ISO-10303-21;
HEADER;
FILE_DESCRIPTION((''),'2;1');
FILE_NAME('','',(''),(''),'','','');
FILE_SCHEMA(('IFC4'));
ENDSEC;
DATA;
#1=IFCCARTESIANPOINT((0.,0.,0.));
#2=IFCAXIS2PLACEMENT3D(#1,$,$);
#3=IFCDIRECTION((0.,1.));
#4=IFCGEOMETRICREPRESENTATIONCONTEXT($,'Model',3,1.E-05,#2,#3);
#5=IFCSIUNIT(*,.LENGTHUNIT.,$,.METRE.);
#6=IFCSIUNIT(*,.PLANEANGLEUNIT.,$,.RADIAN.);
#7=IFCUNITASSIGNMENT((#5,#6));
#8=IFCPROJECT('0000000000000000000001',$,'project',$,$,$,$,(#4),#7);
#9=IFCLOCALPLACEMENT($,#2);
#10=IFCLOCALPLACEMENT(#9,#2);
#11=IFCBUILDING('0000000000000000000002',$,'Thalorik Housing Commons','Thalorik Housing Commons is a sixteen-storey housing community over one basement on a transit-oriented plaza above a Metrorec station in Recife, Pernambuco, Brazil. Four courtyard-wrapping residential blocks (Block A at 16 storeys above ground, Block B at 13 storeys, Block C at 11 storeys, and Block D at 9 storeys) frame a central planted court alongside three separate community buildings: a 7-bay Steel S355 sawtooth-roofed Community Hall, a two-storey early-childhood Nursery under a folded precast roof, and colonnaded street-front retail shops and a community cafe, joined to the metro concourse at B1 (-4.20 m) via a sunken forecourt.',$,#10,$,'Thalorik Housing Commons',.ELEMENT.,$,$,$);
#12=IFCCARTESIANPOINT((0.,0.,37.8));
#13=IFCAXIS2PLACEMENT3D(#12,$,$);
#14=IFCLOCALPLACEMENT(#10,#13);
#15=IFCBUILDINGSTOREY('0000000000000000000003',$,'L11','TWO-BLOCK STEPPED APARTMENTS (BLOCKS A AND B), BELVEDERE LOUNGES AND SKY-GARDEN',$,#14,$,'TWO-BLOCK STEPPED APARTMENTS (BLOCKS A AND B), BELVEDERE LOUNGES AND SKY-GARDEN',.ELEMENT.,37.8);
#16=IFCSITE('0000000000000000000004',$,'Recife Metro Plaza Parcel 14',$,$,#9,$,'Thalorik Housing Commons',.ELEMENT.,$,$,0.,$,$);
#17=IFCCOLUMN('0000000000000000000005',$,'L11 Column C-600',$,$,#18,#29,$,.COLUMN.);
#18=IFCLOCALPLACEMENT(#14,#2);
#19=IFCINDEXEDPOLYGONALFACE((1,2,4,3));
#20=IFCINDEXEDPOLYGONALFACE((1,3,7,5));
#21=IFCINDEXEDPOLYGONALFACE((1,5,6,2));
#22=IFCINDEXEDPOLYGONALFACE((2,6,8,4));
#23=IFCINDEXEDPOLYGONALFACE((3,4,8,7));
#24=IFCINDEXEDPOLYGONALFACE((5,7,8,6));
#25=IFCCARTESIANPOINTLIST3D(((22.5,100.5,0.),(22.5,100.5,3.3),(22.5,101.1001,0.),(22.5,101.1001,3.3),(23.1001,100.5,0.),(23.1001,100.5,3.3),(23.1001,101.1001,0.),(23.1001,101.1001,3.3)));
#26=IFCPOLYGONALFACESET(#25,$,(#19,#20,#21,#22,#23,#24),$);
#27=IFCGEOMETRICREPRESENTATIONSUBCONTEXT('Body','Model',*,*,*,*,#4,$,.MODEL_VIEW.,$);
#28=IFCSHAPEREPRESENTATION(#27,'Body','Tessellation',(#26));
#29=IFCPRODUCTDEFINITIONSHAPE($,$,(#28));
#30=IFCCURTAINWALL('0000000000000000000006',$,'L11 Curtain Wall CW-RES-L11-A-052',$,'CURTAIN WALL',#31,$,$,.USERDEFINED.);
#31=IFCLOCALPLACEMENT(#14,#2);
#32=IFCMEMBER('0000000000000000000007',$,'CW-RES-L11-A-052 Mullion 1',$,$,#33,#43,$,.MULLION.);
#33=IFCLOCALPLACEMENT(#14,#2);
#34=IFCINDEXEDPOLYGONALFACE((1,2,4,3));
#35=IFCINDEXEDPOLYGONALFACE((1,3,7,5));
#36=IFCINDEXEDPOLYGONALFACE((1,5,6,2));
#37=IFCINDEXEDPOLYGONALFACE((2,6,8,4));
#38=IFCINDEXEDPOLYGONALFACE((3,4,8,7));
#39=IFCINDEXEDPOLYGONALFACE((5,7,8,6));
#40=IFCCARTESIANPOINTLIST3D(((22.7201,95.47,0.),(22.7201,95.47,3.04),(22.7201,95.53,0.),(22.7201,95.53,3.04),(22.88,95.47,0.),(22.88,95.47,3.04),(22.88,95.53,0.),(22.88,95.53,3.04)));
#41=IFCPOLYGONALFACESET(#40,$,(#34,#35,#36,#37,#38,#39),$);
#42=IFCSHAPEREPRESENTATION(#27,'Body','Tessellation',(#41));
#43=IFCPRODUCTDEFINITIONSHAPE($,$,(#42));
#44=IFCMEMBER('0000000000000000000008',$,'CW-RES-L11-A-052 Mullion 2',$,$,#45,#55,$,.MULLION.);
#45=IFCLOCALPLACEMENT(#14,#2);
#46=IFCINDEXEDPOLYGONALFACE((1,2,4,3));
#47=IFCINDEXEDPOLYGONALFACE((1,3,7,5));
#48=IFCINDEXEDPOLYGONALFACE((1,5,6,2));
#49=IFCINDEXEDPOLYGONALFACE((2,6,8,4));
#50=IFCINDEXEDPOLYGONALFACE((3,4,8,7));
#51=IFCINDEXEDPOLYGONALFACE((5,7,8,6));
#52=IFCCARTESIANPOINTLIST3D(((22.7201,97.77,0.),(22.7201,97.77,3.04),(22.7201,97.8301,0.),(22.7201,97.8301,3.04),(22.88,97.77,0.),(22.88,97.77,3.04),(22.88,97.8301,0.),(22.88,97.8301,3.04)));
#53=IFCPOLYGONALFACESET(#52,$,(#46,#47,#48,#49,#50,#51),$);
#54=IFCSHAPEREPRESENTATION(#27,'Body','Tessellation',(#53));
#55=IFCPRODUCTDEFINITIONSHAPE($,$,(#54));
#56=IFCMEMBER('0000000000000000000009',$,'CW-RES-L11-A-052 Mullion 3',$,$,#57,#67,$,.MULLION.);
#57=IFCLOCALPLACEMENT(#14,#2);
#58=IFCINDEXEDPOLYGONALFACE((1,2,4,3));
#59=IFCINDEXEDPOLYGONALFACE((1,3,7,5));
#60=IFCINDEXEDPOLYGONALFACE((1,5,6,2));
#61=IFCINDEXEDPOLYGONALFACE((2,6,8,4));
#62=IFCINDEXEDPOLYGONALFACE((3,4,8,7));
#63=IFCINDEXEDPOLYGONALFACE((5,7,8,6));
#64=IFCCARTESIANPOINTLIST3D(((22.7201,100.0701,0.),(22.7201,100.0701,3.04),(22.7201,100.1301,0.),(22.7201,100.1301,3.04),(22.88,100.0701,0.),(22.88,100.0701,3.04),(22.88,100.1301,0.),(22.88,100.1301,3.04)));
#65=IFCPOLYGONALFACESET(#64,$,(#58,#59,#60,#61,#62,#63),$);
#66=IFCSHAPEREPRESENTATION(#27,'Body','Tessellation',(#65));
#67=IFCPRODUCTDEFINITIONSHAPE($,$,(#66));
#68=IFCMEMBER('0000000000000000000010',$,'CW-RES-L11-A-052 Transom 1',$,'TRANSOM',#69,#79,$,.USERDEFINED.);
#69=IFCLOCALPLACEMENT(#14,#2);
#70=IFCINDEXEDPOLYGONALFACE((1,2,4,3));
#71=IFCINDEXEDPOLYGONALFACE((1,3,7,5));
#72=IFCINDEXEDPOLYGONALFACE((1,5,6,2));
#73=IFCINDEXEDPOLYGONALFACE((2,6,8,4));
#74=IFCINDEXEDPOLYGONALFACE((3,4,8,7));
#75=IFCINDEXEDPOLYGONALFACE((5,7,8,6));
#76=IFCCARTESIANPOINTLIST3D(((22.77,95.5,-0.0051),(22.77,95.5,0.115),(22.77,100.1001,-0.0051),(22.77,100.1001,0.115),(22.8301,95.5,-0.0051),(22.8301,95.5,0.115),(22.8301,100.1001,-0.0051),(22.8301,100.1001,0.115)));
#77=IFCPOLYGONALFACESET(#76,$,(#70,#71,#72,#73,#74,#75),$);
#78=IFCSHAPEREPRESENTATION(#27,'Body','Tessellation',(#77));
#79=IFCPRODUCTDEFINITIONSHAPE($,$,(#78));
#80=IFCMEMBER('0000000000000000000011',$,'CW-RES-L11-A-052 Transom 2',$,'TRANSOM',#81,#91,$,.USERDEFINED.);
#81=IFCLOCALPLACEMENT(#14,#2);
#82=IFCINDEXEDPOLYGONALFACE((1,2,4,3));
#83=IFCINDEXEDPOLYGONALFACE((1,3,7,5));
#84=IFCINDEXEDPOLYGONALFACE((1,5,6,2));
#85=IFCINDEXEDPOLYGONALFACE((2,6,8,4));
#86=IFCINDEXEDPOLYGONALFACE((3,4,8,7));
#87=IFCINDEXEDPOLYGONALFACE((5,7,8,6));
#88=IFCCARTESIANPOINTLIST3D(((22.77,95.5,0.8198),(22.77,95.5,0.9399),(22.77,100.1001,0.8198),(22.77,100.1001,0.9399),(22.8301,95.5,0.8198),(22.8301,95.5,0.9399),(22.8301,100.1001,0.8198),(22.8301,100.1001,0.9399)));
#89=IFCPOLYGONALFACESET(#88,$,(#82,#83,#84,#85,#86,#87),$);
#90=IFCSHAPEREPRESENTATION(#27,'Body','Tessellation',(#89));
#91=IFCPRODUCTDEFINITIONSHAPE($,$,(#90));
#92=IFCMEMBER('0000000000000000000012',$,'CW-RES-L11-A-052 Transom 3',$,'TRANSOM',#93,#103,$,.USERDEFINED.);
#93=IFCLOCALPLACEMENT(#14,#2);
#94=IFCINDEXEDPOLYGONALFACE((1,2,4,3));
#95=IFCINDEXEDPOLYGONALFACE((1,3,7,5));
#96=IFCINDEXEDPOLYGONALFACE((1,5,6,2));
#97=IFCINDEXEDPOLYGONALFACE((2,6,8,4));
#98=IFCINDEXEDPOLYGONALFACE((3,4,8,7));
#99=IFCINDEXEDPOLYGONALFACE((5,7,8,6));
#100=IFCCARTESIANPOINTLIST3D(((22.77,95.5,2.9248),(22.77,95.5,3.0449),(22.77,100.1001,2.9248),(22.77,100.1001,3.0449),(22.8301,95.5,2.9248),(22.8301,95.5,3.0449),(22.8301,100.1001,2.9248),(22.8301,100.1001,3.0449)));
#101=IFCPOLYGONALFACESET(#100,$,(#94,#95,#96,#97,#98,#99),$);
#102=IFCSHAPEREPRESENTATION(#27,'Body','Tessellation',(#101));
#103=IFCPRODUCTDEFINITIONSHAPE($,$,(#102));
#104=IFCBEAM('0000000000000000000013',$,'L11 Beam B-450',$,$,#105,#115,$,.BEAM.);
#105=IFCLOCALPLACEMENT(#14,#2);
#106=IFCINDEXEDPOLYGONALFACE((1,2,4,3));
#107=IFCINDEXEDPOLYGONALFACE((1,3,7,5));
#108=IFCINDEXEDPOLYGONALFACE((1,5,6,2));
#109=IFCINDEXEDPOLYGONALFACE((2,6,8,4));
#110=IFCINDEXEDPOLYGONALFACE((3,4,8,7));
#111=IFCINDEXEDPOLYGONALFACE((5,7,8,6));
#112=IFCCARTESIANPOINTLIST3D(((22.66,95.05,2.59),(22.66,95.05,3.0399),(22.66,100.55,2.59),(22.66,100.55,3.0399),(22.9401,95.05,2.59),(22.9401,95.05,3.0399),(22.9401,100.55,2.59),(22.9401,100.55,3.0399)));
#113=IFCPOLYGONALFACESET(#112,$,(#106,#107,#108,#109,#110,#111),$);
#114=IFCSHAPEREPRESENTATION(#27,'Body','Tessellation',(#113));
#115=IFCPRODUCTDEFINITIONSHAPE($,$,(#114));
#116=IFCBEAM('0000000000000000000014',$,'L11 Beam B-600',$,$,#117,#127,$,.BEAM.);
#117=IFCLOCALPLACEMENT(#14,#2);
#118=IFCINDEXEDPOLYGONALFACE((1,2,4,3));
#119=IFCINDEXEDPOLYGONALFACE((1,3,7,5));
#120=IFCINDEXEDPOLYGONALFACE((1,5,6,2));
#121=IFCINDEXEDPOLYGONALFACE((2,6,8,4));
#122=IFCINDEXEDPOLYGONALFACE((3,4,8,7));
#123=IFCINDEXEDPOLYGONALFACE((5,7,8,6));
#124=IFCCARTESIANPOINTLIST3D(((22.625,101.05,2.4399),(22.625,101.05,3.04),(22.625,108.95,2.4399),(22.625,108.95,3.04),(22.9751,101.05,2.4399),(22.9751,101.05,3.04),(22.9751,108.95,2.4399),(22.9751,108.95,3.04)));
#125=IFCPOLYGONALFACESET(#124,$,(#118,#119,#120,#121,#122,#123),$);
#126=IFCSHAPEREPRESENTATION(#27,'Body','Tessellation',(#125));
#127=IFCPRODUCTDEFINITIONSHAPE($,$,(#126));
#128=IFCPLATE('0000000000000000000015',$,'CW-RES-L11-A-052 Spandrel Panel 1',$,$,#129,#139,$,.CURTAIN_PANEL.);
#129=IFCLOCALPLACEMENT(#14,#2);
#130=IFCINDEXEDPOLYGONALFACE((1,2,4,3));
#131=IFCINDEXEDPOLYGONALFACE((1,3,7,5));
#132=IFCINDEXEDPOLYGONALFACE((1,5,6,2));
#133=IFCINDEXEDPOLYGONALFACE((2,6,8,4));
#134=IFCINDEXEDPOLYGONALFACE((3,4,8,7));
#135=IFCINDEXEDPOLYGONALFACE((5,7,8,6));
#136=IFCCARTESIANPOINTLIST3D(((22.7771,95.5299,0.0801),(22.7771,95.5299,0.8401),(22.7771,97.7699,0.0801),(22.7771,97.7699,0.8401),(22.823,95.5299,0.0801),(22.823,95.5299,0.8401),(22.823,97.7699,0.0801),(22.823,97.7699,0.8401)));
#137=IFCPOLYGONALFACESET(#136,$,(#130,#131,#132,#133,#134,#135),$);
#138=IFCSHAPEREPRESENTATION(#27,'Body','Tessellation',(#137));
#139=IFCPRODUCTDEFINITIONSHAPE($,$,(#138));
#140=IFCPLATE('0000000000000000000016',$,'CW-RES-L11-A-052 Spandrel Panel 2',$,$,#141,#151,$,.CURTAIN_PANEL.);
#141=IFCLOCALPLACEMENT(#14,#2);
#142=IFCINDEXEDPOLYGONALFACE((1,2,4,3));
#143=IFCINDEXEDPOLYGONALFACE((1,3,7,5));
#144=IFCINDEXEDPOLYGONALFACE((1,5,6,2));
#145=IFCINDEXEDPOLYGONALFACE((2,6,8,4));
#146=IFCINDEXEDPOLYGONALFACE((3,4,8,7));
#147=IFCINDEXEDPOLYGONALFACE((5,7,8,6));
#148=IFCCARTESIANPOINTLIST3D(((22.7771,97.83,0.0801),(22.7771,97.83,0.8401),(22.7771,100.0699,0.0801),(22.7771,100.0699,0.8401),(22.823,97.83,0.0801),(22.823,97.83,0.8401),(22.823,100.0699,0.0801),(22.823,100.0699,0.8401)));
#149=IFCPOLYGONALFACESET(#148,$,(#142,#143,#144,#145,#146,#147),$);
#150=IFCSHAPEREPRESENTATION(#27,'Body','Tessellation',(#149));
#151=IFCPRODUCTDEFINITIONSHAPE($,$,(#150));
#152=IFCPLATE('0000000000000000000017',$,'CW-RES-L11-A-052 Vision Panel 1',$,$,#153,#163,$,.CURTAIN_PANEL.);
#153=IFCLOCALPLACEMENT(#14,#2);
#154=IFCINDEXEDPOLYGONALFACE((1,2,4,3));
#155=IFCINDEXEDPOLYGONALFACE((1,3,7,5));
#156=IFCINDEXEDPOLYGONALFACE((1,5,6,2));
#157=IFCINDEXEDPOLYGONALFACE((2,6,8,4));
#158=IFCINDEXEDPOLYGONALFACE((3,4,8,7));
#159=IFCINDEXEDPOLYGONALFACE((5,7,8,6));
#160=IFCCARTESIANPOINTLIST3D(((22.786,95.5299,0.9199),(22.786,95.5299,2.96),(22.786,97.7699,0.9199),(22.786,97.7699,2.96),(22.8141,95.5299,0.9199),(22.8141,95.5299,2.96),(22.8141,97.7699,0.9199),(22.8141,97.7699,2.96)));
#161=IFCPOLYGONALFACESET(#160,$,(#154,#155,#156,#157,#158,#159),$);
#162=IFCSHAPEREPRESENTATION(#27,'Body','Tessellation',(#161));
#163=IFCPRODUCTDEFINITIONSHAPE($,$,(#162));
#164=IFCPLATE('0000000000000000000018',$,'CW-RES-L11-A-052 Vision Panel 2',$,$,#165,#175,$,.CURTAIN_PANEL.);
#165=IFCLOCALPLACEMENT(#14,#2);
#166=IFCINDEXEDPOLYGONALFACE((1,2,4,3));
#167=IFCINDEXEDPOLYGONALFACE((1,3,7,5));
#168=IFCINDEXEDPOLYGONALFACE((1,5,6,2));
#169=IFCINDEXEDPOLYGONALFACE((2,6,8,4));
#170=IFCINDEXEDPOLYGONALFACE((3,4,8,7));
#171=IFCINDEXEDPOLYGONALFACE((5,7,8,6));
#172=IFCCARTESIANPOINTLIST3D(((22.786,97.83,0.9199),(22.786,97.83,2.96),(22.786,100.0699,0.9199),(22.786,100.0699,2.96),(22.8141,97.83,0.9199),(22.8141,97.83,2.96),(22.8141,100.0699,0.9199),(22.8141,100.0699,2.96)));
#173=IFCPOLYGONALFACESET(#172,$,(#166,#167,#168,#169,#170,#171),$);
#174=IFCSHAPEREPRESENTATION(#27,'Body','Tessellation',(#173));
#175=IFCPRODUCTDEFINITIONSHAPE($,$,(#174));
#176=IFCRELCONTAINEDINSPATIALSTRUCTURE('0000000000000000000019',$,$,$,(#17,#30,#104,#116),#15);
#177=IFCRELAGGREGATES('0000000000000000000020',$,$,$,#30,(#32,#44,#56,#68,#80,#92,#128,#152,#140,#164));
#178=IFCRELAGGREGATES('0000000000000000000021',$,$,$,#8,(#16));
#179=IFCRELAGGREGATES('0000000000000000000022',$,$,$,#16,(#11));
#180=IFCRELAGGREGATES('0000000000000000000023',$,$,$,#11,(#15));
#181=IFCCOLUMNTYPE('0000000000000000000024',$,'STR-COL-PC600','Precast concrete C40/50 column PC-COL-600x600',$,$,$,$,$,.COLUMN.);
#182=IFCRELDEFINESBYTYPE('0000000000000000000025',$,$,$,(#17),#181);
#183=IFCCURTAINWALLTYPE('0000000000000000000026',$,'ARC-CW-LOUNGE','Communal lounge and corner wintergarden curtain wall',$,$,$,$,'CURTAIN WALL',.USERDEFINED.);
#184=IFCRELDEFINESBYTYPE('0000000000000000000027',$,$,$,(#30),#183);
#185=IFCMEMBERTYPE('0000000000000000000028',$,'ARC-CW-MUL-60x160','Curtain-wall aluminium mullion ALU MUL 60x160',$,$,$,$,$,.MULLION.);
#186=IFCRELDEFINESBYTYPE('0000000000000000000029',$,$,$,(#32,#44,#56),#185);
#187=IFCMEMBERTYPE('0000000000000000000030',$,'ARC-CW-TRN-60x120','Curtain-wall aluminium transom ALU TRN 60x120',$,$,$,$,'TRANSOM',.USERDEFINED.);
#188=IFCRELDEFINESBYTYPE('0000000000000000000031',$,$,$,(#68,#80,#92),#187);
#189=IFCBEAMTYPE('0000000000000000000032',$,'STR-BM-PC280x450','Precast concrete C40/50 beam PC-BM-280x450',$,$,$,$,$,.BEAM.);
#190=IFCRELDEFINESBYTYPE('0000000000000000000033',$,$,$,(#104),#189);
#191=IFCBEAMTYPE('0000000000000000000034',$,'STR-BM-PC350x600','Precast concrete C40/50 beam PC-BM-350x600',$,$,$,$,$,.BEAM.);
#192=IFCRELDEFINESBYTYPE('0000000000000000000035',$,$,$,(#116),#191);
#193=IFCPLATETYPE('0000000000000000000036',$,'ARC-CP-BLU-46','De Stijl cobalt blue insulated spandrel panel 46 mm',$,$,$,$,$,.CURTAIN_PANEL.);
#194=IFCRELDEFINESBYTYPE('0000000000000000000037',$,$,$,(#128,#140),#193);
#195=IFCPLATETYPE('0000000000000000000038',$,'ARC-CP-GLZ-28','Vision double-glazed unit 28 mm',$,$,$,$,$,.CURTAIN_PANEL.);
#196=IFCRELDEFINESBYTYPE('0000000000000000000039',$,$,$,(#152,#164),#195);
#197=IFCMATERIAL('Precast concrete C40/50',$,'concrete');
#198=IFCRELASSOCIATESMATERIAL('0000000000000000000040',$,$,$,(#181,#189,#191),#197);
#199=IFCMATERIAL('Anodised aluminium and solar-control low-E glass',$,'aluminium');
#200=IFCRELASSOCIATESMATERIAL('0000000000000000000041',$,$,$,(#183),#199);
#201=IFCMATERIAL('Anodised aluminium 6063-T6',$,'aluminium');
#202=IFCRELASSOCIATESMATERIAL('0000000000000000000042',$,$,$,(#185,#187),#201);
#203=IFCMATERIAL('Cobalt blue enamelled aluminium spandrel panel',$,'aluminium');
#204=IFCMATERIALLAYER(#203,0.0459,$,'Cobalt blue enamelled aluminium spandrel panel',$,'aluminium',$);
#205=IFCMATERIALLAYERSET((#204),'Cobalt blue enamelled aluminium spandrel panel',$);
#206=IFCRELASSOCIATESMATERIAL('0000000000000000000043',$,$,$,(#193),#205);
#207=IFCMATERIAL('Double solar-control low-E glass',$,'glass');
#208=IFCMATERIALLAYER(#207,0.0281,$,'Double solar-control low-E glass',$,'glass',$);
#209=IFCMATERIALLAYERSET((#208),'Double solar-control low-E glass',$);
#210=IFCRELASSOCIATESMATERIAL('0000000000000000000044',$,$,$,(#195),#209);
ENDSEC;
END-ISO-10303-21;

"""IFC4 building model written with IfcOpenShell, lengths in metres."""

from ifc_helpers import new_model, si_unit, direction, frame, origin, origin_2d, place, context, subcontext, project, spatial, rectangle, extrude, material, layer, layer_set, material_profile, profile_set, type_object, element, aggregate, save


model = new_model("IFC4")

# Units and contexts
model_context = context("Model", 3, precision=1e-05, world=origin(), true_north=direction((0.0, 1.0)))
body_context = subcontext(model_context, "Body", "Model", "MODEL_VIEW")
ifc_project = project(units=[si_unit("LENGTHUNIT", "METRE"), si_unit("PLANEANGLEUNIT", "RADIAN")], contexts=[model_context])

# Site, building, storey
site_placement = place(None, origin())
site = spatial("IfcSite", under=ifc_project, at=site_placement, Name="Recife Metro Plaza Parcel 14", LongName="Thalorik Housing Commons", CompositionType="ELEMENT", RefElevation=0.0)
building_placement = place(site_placement, origin())
building = spatial("IfcBuilding", under=site, at=building_placement, Name="Thalorik Housing Commons", Description="Thalorik Housing Commons is a sixteen-storey housing community over one basement on a transit-oriented plaza above a Metrorec station in Recife, Pernambuco, Brazil. Four courtyard-wrapping residential blocks (Block A at 16 storeys above ground, Block B at 13 storeys, Block C at 11 storeys, and Block D at 9 storeys) frame a central planted court alongside three separate community buildings: a 7-bay Steel S355 sawtooth-roofed Community Hall, a two-storey early-childhood Nursery under a folded precast roof, and colonnaded street-front retail shops and a community cafe, joined to the metro concourse at B1 (-4.20 m) via a sunken forecourt.", LongName="Thalorik Housing Commons", CompositionType="ELEMENT")
storey_placement = place(building_placement, frame((0.0, 0.0, 37.8)))
storey = spatial("IfcBuildingStorey", under=building, at=storey_placement, Name="L11", Description="TWO-BLOCK STEPPED APARTMENTS (BLOCKS A AND B), BELVEDERE LOUNGES AND SKY-GARDEN", LongName="TWO-BLOCK STEPPED APARTMENTS (BLOCKS A AND B), BELVEDERE LOUNGES AND SKY-GARDEN", CompositionType="ELEMENT", Elevation=37.8)

# Column
ifc_material_1 = material(Name="Precast concrete C40/50", Category="concrete")
ifc_material_profile_1 = material_profile(ifc_material_1, rectangle(XDim=0.6001, YDim=0.6001, at=origin_2d()), Name="PC 600x600", Category="concrete")
ifc_profile_set_1 = profile_set([ifc_material_profile_1], Name="Precast concrete C40/50")
column_type = type_object("IfcColumnType", Name="STR-COL-PC600", Description="Precast concrete C40/50 column PC-COL-600x600", PredefinedType="COLUMN", material=ifc_profile_set_1)
column_placement = place(storey_placement, frame((22.8, 100.8, 0.0), z_axis=(0.0, 0.0, 1.0), x_axis=(1.0, 0.0, 0.0)))
element("IfcColumn", 1, at=column_placement, inside=storey, type_object=column_type, Name="L11 Column C-600", PredefinedType="COLUMN", context=body_context, shape_type="SweptSolid", body=[
    extrude(rectangle(XDim=0.6001, YDim=0.6001, at=origin_2d()), origin(), (0.0, 0.0, 1.0), 3.3),
])

# Curtain wall, members
ifc_material_2 = material(Name="Anodised aluminium and solar-control low-E glass", Category="aluminium")
curtain_wall_type = type_object("IfcCurtainWallType", Name="ARC-CW-LOUNGE", Description="Communal lounge and corner wintergarden curtain wall", ElementType="CURTAIN WALL", PredefinedType="USERDEFINED", material=ifc_material_2)
curtain_wall_placement = place(storey_placement, origin())
curtain_wall = element("IfcCurtainWall", 2, at=curtain_wall_placement, inside=storey, type_object=curtain_wall_type, Name="L11 Curtain Wall CW-RES-L11-A-052", ObjectType="CURTAIN WALL", PredefinedType="USERDEFINED")
ifc_material_3 = material(Name="Anodised aluminium 6063-T6", Category="aluminium")
ifc_material_profile_2 = material_profile(ifc_material_3, rectangle(XDim=0.0601, YDim=0.1599, at=origin_2d()), Name="ALU MUL 60x160", Category="aluminium")
ifc_profile_set_2 = profile_set([ifc_material_profile_2], Name="Anodised aluminium 6063-T6")
member_type_1 = type_object("IfcMemberType", Name="ARC-CW-MUL-60x160", Description="Curtain-wall aluminium mullion ALU MUL 60x160", PredefinedType="MULLION", material=ifc_profile_set_2)
member_1_placement = place(storey_placement, frame((22.8, 95.5, 0.0), z_axis=(0.0, 0.0, 1.0), x_axis=(0.0, 1.0, 0.0)))
member_1 = element("IfcMember", 3, at=member_1_placement, type_object=member_type_1, Name="CW-RES-L11-A-052 Mullion 1", PredefinedType="MULLION", context=body_context, shape_type="SweptSolid", body=[
    extrude(rectangle(XDim=0.0601, YDim=0.1599, at=origin_2d()), origin(), (0.0, 0.0, 1.0), 3.04),
])
member_2_placement = place(storey_placement, frame((22.8, 97.8, 0.0), z_axis=(0.0, 0.0, 1.0), x_axis=(0.0, 1.0, 0.0)))
member_2 = element("IfcMember", 4, at=member_2_placement, type_object=member_type_1, Name="CW-RES-L11-A-052 Mullion 2", PredefinedType="MULLION", context=body_context, shape_type="SweptSolid", body=[
    extrude(rectangle(XDim=0.0601, YDim=0.1599, at=origin_2d()), origin(), (0.0, 0.0, 1.0), 3.04),
])
member_3_placement = place(storey_placement, frame((22.8, 100.1001, 0.0), z_axis=(0.0, 0.0, 1.0), x_axis=(0.0, 1.0, 0.0)))
member_3 = element("IfcMember", 5, at=member_3_placement, type_object=member_type_1, Name="CW-RES-L11-A-052 Mullion 3", PredefinedType="MULLION", context=body_context, shape_type="SweptSolid", body=[
    extrude(rectangle(XDim=0.0601, YDim=0.1599, at=origin_2d()), origin(), (0.0, 0.0, 1.0), 3.04),
])
ifc_material_profile_3 = material_profile(ifc_material_3, rectangle(XDim=0.0601, YDim=0.1201, at=origin_2d()), Name="ALU TRN 60x120", Category="aluminium")
ifc_profile_set_3 = profile_set([ifc_material_profile_3], Name="Anodised aluminium 6063-T6")
member_type_2 = type_object("IfcMemberType", Name="ARC-CW-TRN-60x120", Description="Curtain-wall aluminium transom ALU TRN 60x120", ElementType="TRANSOM", PredefinedType="USERDEFINED", material=ifc_profile_set_3)
member_4_placement = place(storey_placement, frame((22.8, 95.5, 0.0549), z_axis=(0.0, 1.0, 0.0), x_axis=(-1.0, 0.0, 0.0)))
member_4 = element("IfcMember", 6, at=member_4_placement, type_object=member_type_2, Name="CW-RES-L11-A-052 Transom 1", ObjectType="TRANSOM", PredefinedType="USERDEFINED", context=body_context, shape_type="SweptSolid", body=[
    extrude(rectangle(XDim=0.0601, YDim=0.1201, at=origin_2d()), origin(), (0.0, 0.0, 1.0), 4.6001),
])
member_5_placement = place(storey_placement, frame((22.8, 95.5, 0.8799), z_axis=(0.0, 1.0, 0.0), x_axis=(-1.0, 0.0, 0.0)))
member_5 = element("IfcMember", 7, at=member_5_placement, type_object=member_type_2, Name="CW-RES-L11-A-052 Transom 2", ObjectType="TRANSOM", PredefinedType="USERDEFINED", context=body_context, shape_type="SweptSolid", body=[
    extrude(rectangle(XDim=0.0601, YDim=0.1201, at=origin_2d()), origin(), (0.0, 0.0, 1.0), 4.6001),
])
member_6_placement = place(storey_placement, frame((22.8, 95.5, 2.9849), z_axis=(0.0, 1.0, 0.0), x_axis=(-1.0, 0.0, 0.0)))
member_6 = element("IfcMember", 8, at=member_6_placement, type_object=member_type_2, Name="CW-RES-L11-A-052 Transom 3", ObjectType="TRANSOM", PredefinedType="USERDEFINED", context=body_context, shape_type="SweptSolid", body=[
    extrude(rectangle(XDim=0.0601, YDim=0.1201, at=origin_2d()), origin(), (0.0, 0.0, 1.0), 4.6001),
])

# Beams
ifc_material_profile_4 = material_profile(ifc_material_1, rectangle(XDim=0.28, YDim=0.45, at=origin_2d()), Name="PC 280x450", Category="concrete")
ifc_profile_set_4 = profile_set([ifc_material_profile_4], Name="Precast concrete C40/50")
beam_type_1 = type_object("IfcBeamType", Name="STR-BM-PC280x450", Description="Precast concrete C40/50 beam PC-BM-280x450", PredefinedType="BEAM", material=ifc_profile_set_4)
beam_1_placement = place(storey_placement, frame((22.8, 95.05, 2.8149), z_axis=(0.0, 1.0, 0.0), x_axis=(-1.0, 0.0, 0.0)))
element("IfcBeam", 9, at=beam_1_placement, inside=storey, type_object=beam_type_1, Name="L11 Beam B-450", PredefinedType="BEAM", context=body_context, shape_type="SweptSolid", body=[
    extrude(rectangle(XDim=0.28, YDim=0.45, at=origin_2d()), origin(), (0.0, 0.0, 1.0), 5.5),
])
ifc_material_profile_5 = material_profile(ifc_material_1, rectangle(XDim=0.3501, YDim=0.6001, at=origin_2d()), Name="PC 350x600", Category="concrete")
ifc_profile_set_5 = profile_set([ifc_material_profile_5], Name="Precast concrete C40/50")
beam_type_2 = type_object("IfcBeamType", Name="STR-BM-PC350x600", Description="Precast concrete C40/50 beam PC-BM-350x600", PredefinedType="BEAM", material=ifc_profile_set_5)
beam_2_placement = place(storey_placement, frame((22.8, 101.05, 2.74), z_axis=(0.0, 1.0, 0.0), x_axis=(-1.0, 0.0, 0.0)))
element("IfcBeam", 10, at=beam_2_placement, inside=storey, type_object=beam_type_2, Name="L11 Beam B-600", PredefinedType="BEAM", context=body_context, shape_type="SweptSolid", body=[
    extrude(rectangle(XDim=0.3501, YDim=0.6001, at=origin_2d()), origin(), (0.0, 0.0, 1.0), 7.8999),
])

# Plates
ifc_material_4 = material(Name="Cobalt blue enamelled aluminium spandrel panel", Category="aluminium")
ifc_layer_1 = layer(ifc_material_4, 0.0459, Name="Cobalt blue enamelled aluminium spandrel panel", Category="aluminium")
ifc_layer_set_1 = layer_set([ifc_layer_1], Name="Cobalt blue enamelled aluminium spandrel panel")
plate_type_1 = type_object("IfcPlateType", Name="ARC-CP-BLU-46", Description="De Stijl cobalt blue insulated spandrel panel 46 mm", PredefinedType="CURTAIN_PANEL", material=ifc_layer_set_1)
plate_1_placement = place(storey_placement, frame((22.8, 96.6499, 0.0801), z_axis=(0.0, 0.0, 1.0), x_axis=(0.0, 1.0, 0.0)))
plate_1 = element("IfcPlate", 11, at=plate_1_placement, type_object=plate_type_1, Name="CW-RES-L11-A-052 Spandrel Panel 1", PredefinedType="CURTAIN_PANEL", context=body_context, shape_type="SweptSolid", body=[
    extrude(rectangle(XDim=2.24, YDim=0.0459, at=origin_2d()), origin(), (0.0, 0.0, 1.0), 0.76),
])
plate_2_placement = place(storey_placement, frame((22.8, 98.95, 0.0801), z_axis=(0.0, 0.0, 1.0), x_axis=(0.0, 1.0, 0.0)))
plate_2 = element("IfcPlate", 12, at=plate_2_placement, type_object=plate_type_1, Name="CW-RES-L11-A-052 Spandrel Panel 2", PredefinedType="CURTAIN_PANEL", context=body_context, shape_type="SweptSolid", body=[
    extrude(rectangle(XDim=2.24, YDim=0.0459, at=origin_2d()), origin(), (0.0, 0.0, 1.0), 0.76),
])
ifc_material_5 = material(Name="Double solar-control low-E glass", Category="glass")
ifc_layer_2 = layer(ifc_material_5, 0.0281, Name="Double solar-control low-E glass", Category="glass")
ifc_layer_set_2 = layer_set([ifc_layer_2], Name="Double solar-control low-E glass")
plate_type_2 = type_object("IfcPlateType", Name="ARC-CP-GLZ-28", Description="Vision double-glazed unit 28 mm", PredefinedType="CURTAIN_PANEL", material=ifc_layer_set_2)
plate_3_placement = place(storey_placement, frame((22.8, 96.6499, 0.9199), z_axis=(0.0, 0.0, 1.0), x_axis=(0.0, 1.0, 0.0)))
plate_3 = element("IfcPlate", 13, at=plate_3_placement, type_object=plate_type_2, Name="CW-RES-L11-A-052 Vision Panel 1", PredefinedType="CURTAIN_PANEL", context=body_context, shape_type="SweptSolid", body=[
    extrude(rectangle(XDim=2.24, YDim=0.0281, at=origin_2d()), origin(), (0.0, 0.0, 1.0), 2.04),
])
plate_4_placement = place(storey_placement, frame((22.8, 98.95, 0.9199), z_axis=(0.0, 0.0, 1.0), x_axis=(0.0, 1.0, 0.0)))
plate_4 = element("IfcPlate", 14, at=plate_4_placement, type_object=plate_type_2, Name="CW-RES-L11-A-052 Vision Panel 2", PredefinedType="CURTAIN_PANEL", context=body_context, shape_type="SweptSolid", body=[
    extrude(rectangle(XDim=2.24, YDim=0.0281, at=origin_2d()), origin(), (0.0, 0.0, 1.0), 2.04),
])
aggregate(curtain_wall, [member_1, member_2, member_3, member_4, member_5, member_6, plate_1, plate_3, plate_2, plate_4])

save(model, "model.ifc")
